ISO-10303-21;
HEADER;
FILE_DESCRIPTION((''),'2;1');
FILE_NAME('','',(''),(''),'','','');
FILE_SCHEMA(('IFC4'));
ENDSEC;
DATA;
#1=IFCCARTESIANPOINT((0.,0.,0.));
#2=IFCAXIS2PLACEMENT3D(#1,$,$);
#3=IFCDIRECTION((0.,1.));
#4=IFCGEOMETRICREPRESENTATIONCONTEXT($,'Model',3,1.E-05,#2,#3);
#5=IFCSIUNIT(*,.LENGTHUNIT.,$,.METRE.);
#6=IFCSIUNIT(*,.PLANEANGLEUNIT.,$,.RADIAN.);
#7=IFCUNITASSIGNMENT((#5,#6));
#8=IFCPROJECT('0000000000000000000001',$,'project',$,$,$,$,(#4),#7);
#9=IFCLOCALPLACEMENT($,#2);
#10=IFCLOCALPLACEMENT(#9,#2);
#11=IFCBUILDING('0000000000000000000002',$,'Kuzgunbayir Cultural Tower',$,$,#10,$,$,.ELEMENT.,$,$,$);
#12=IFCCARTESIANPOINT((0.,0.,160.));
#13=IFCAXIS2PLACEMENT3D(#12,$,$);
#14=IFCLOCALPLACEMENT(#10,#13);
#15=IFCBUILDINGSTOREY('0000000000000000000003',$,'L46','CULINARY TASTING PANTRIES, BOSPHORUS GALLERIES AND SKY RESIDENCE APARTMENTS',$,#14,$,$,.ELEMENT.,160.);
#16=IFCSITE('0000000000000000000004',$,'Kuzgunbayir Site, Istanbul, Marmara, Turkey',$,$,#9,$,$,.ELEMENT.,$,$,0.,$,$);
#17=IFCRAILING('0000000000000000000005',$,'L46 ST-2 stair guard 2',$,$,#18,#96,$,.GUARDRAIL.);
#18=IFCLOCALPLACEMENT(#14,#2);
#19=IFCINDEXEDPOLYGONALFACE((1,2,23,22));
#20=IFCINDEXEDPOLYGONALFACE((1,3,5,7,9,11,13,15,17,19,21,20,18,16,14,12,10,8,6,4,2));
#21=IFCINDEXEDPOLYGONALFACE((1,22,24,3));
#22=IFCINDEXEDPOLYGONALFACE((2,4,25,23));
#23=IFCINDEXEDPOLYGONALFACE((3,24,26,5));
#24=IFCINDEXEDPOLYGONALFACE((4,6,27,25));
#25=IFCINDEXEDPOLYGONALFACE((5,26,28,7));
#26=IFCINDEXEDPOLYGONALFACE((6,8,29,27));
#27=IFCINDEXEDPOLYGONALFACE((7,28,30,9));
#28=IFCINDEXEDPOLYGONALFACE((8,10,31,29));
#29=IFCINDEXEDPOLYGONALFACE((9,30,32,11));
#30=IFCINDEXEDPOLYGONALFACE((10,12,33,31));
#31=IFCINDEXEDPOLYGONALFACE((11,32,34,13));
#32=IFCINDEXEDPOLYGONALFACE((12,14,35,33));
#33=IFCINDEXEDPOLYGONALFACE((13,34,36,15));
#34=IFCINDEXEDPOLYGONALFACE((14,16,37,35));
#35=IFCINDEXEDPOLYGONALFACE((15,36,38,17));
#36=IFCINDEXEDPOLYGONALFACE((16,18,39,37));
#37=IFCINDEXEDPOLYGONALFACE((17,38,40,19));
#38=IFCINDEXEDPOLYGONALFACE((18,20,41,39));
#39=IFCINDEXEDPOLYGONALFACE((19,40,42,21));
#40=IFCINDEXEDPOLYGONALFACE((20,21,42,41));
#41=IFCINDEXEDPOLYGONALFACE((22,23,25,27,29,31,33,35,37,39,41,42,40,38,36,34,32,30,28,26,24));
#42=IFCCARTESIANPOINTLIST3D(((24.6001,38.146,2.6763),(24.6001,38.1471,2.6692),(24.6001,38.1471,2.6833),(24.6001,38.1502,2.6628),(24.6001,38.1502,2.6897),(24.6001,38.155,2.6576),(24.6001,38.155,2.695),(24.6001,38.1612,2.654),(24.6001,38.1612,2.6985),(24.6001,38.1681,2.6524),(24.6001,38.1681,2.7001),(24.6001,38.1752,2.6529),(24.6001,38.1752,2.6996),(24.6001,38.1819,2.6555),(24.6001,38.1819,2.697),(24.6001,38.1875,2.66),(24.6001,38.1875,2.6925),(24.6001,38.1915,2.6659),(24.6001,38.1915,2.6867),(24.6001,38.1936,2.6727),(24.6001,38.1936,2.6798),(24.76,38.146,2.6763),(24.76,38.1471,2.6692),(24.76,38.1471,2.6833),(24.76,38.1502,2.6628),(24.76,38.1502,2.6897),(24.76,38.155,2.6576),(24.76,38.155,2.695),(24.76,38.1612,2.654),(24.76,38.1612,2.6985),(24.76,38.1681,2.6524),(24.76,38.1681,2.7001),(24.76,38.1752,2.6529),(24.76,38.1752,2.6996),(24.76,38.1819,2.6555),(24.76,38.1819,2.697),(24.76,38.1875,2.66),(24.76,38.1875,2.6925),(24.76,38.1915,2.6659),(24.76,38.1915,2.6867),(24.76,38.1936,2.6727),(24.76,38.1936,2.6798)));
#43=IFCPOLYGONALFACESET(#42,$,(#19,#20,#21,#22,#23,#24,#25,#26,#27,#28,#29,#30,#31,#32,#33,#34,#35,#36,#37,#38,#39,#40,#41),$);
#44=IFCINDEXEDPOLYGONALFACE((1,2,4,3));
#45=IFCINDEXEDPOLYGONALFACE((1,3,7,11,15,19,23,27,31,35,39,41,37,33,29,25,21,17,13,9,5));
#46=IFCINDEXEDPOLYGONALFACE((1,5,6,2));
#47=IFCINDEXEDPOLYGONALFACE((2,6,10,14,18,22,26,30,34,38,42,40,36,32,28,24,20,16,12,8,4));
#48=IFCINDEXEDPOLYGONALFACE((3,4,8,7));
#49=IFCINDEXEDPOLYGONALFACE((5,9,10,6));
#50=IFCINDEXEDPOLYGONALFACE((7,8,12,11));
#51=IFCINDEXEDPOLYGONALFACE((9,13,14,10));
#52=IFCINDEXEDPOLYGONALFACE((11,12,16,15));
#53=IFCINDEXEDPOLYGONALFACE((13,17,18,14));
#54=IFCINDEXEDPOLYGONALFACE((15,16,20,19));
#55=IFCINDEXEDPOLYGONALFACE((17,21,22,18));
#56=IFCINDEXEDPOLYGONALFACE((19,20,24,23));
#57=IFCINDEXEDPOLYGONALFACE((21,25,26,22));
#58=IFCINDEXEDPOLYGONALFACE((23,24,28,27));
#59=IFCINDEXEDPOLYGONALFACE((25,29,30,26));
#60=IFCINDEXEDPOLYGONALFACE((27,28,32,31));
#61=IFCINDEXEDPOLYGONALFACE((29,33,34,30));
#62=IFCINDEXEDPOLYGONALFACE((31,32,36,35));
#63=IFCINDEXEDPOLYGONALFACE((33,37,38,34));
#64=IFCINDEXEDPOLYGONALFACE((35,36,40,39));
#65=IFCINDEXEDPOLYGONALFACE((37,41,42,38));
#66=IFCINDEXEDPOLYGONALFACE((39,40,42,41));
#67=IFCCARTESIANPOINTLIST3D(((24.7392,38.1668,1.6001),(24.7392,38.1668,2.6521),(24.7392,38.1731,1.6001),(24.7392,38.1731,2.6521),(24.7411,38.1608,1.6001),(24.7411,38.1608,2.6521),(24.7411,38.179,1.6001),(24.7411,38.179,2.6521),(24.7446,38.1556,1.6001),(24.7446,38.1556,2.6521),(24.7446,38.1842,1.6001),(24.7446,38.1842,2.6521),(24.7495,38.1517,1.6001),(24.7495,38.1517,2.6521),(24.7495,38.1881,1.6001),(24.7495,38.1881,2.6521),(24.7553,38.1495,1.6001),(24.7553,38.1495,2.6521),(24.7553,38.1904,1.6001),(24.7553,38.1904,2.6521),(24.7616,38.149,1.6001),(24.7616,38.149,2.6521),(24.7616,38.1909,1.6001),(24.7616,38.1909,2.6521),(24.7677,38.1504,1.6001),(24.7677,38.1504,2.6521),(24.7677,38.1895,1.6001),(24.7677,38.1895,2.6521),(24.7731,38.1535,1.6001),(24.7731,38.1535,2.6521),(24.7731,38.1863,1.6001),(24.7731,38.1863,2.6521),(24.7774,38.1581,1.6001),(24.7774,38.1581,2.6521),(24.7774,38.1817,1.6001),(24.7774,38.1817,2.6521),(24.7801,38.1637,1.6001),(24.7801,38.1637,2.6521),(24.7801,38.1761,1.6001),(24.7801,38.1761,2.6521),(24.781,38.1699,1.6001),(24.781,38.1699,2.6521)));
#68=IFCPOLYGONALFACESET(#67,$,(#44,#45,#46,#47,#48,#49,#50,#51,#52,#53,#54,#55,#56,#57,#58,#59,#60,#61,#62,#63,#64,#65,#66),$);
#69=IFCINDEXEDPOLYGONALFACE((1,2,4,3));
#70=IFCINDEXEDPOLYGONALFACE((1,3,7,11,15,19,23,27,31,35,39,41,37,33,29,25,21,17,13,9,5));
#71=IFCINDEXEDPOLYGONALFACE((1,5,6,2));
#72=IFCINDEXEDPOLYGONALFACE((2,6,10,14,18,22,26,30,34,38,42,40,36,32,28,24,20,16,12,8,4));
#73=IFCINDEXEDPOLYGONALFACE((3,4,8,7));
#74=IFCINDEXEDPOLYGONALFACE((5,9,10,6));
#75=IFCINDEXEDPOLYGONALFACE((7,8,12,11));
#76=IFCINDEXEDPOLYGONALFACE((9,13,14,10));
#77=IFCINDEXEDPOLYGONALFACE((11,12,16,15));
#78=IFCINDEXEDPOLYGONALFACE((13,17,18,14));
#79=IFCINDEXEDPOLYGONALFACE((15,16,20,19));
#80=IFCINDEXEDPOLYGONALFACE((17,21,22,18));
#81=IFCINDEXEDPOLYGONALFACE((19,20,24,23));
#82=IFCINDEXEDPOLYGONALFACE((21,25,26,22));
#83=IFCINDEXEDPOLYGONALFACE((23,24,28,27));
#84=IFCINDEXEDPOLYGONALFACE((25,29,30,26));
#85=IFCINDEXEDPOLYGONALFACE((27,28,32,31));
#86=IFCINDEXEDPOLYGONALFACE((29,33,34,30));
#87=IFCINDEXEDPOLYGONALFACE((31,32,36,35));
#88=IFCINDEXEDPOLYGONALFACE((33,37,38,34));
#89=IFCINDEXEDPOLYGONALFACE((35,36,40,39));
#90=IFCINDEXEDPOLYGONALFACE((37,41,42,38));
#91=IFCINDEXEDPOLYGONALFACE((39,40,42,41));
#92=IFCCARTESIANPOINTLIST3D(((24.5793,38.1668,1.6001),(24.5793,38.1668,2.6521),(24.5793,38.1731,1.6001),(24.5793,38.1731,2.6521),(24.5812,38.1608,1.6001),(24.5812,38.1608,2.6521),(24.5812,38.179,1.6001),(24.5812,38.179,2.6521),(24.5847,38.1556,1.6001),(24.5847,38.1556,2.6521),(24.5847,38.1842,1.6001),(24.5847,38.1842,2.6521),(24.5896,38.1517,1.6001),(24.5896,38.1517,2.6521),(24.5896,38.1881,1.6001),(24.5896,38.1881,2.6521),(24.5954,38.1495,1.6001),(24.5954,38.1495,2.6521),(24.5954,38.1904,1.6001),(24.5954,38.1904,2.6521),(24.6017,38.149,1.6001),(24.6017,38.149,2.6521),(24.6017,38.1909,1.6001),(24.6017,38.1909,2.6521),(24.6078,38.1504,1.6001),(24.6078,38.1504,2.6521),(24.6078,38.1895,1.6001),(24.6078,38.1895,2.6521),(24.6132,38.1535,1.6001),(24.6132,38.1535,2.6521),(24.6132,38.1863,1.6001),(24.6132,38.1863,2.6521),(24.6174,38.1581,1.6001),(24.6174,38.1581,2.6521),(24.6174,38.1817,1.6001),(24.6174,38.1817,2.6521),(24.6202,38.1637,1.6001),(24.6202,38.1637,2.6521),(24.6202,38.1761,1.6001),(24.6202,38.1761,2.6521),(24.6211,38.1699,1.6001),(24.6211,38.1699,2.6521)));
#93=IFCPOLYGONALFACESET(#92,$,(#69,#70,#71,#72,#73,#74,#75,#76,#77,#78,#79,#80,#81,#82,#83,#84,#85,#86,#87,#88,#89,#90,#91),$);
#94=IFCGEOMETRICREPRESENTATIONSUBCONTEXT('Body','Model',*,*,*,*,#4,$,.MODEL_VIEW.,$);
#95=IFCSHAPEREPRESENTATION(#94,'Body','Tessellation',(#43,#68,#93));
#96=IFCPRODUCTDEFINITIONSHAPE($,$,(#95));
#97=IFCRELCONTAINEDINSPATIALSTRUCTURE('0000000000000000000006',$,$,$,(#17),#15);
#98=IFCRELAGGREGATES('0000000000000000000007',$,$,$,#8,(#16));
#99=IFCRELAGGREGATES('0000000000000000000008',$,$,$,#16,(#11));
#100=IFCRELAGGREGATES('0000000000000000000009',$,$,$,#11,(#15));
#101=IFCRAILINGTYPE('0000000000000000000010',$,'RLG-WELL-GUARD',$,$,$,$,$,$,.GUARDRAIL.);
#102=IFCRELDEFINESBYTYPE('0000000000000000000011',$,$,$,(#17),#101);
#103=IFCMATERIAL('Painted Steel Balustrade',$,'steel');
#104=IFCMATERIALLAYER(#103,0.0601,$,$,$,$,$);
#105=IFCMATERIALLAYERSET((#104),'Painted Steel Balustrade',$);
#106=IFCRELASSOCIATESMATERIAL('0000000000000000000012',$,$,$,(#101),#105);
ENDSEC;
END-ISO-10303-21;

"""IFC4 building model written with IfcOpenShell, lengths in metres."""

from ifc_helpers import new_model, si_unit, direction, frame, origin, origin_2d, place, context, subcontext, project, spatial, circle, extrude, material, layer, layer_set, type_object, element, save


model = new_model("IFC4")

# Units and contexts
model_context = context("Model", 3, precision=1e-05, world=origin(), true_north=direction((0.0, 1.0)))
body_context = subcontext(model_context, "Body", "Model", "MODEL_VIEW")
ifc_project = project(units=[si_unit("LENGTHUNIT", "METRE"), si_unit("PLANEANGLEUNIT", "RADIAN")], contexts=[model_context])

# Site, building, storey
site_placement = place(None, origin())
site = spatial("IfcSite", under=ifc_project, at=site_placement, Name="Kuzgunbayir Site, Istanbul, Marmara, Turkey", CompositionType="ELEMENT", RefElevation=0.0)
building_placement = place(site_placement, origin())
building = spatial("IfcBuilding", under=site, at=building_placement, Name="Kuzgunbayir Cultural Tower", CompositionType="ELEMENT")
storey_placement = place(building_placement, frame((0.0, 0.0, 160.0)))
storey = spatial("IfcBuildingStorey", under=building, at=storey_placement, Name="L46", Description="CULINARY TASTING PANTRIES, BOSPHORUS GALLERIES AND SKY RESIDENCE APARTMENTS", CompositionType="ELEMENT", Elevation=160.0)

# Railing
ifc_material_1 = material(Name="Painted Steel Balustrade", Category="steel")
ifc_layer_1 = layer(ifc_material_1, 0.0601)
ifc_layer_set_1 = layer_set([ifc_layer_1], Name="Painted Steel Balustrade")
railing_type_1 = type_object("IfcRailingType", Name="RLG-WELL-GUARD", PredefinedType="GUARDRAIL", material=ifc_layer_set_1)
railing_1_placement = place(storey_placement, frame((24.76, 38.1699, 1.6001)))
element("IfcRailing", 1, at=railing_1_placement, inside=storey, type_object=railing_type_1, Name="L46 ST-2 stair guard 2", PredefinedType="GUARDRAIL", context=body_context, shape_type="SweptSolid", body=[
    extrude(circle(Radius=0.0239, at=origin_2d()), frame((0.0, 0.0, 1.0762), z_axis=(-1.0, 0.0, 0.0), x_axis=(0.0, -1.0, 0.0)), (0.0, 0.0, 1.0), 0.1599),
    extrude(circle(Radius=0.021, at=origin_2d()), origin(), (0.0, 0.0, 1.0), 1.052),
    extrude(circle(Radius=0.021, at=origin_2d()), frame((-0.1599, 0.0, 0.0)), (0.0, 0.0, 1.0), 1.052),
])

save(model, "model.ifc")
